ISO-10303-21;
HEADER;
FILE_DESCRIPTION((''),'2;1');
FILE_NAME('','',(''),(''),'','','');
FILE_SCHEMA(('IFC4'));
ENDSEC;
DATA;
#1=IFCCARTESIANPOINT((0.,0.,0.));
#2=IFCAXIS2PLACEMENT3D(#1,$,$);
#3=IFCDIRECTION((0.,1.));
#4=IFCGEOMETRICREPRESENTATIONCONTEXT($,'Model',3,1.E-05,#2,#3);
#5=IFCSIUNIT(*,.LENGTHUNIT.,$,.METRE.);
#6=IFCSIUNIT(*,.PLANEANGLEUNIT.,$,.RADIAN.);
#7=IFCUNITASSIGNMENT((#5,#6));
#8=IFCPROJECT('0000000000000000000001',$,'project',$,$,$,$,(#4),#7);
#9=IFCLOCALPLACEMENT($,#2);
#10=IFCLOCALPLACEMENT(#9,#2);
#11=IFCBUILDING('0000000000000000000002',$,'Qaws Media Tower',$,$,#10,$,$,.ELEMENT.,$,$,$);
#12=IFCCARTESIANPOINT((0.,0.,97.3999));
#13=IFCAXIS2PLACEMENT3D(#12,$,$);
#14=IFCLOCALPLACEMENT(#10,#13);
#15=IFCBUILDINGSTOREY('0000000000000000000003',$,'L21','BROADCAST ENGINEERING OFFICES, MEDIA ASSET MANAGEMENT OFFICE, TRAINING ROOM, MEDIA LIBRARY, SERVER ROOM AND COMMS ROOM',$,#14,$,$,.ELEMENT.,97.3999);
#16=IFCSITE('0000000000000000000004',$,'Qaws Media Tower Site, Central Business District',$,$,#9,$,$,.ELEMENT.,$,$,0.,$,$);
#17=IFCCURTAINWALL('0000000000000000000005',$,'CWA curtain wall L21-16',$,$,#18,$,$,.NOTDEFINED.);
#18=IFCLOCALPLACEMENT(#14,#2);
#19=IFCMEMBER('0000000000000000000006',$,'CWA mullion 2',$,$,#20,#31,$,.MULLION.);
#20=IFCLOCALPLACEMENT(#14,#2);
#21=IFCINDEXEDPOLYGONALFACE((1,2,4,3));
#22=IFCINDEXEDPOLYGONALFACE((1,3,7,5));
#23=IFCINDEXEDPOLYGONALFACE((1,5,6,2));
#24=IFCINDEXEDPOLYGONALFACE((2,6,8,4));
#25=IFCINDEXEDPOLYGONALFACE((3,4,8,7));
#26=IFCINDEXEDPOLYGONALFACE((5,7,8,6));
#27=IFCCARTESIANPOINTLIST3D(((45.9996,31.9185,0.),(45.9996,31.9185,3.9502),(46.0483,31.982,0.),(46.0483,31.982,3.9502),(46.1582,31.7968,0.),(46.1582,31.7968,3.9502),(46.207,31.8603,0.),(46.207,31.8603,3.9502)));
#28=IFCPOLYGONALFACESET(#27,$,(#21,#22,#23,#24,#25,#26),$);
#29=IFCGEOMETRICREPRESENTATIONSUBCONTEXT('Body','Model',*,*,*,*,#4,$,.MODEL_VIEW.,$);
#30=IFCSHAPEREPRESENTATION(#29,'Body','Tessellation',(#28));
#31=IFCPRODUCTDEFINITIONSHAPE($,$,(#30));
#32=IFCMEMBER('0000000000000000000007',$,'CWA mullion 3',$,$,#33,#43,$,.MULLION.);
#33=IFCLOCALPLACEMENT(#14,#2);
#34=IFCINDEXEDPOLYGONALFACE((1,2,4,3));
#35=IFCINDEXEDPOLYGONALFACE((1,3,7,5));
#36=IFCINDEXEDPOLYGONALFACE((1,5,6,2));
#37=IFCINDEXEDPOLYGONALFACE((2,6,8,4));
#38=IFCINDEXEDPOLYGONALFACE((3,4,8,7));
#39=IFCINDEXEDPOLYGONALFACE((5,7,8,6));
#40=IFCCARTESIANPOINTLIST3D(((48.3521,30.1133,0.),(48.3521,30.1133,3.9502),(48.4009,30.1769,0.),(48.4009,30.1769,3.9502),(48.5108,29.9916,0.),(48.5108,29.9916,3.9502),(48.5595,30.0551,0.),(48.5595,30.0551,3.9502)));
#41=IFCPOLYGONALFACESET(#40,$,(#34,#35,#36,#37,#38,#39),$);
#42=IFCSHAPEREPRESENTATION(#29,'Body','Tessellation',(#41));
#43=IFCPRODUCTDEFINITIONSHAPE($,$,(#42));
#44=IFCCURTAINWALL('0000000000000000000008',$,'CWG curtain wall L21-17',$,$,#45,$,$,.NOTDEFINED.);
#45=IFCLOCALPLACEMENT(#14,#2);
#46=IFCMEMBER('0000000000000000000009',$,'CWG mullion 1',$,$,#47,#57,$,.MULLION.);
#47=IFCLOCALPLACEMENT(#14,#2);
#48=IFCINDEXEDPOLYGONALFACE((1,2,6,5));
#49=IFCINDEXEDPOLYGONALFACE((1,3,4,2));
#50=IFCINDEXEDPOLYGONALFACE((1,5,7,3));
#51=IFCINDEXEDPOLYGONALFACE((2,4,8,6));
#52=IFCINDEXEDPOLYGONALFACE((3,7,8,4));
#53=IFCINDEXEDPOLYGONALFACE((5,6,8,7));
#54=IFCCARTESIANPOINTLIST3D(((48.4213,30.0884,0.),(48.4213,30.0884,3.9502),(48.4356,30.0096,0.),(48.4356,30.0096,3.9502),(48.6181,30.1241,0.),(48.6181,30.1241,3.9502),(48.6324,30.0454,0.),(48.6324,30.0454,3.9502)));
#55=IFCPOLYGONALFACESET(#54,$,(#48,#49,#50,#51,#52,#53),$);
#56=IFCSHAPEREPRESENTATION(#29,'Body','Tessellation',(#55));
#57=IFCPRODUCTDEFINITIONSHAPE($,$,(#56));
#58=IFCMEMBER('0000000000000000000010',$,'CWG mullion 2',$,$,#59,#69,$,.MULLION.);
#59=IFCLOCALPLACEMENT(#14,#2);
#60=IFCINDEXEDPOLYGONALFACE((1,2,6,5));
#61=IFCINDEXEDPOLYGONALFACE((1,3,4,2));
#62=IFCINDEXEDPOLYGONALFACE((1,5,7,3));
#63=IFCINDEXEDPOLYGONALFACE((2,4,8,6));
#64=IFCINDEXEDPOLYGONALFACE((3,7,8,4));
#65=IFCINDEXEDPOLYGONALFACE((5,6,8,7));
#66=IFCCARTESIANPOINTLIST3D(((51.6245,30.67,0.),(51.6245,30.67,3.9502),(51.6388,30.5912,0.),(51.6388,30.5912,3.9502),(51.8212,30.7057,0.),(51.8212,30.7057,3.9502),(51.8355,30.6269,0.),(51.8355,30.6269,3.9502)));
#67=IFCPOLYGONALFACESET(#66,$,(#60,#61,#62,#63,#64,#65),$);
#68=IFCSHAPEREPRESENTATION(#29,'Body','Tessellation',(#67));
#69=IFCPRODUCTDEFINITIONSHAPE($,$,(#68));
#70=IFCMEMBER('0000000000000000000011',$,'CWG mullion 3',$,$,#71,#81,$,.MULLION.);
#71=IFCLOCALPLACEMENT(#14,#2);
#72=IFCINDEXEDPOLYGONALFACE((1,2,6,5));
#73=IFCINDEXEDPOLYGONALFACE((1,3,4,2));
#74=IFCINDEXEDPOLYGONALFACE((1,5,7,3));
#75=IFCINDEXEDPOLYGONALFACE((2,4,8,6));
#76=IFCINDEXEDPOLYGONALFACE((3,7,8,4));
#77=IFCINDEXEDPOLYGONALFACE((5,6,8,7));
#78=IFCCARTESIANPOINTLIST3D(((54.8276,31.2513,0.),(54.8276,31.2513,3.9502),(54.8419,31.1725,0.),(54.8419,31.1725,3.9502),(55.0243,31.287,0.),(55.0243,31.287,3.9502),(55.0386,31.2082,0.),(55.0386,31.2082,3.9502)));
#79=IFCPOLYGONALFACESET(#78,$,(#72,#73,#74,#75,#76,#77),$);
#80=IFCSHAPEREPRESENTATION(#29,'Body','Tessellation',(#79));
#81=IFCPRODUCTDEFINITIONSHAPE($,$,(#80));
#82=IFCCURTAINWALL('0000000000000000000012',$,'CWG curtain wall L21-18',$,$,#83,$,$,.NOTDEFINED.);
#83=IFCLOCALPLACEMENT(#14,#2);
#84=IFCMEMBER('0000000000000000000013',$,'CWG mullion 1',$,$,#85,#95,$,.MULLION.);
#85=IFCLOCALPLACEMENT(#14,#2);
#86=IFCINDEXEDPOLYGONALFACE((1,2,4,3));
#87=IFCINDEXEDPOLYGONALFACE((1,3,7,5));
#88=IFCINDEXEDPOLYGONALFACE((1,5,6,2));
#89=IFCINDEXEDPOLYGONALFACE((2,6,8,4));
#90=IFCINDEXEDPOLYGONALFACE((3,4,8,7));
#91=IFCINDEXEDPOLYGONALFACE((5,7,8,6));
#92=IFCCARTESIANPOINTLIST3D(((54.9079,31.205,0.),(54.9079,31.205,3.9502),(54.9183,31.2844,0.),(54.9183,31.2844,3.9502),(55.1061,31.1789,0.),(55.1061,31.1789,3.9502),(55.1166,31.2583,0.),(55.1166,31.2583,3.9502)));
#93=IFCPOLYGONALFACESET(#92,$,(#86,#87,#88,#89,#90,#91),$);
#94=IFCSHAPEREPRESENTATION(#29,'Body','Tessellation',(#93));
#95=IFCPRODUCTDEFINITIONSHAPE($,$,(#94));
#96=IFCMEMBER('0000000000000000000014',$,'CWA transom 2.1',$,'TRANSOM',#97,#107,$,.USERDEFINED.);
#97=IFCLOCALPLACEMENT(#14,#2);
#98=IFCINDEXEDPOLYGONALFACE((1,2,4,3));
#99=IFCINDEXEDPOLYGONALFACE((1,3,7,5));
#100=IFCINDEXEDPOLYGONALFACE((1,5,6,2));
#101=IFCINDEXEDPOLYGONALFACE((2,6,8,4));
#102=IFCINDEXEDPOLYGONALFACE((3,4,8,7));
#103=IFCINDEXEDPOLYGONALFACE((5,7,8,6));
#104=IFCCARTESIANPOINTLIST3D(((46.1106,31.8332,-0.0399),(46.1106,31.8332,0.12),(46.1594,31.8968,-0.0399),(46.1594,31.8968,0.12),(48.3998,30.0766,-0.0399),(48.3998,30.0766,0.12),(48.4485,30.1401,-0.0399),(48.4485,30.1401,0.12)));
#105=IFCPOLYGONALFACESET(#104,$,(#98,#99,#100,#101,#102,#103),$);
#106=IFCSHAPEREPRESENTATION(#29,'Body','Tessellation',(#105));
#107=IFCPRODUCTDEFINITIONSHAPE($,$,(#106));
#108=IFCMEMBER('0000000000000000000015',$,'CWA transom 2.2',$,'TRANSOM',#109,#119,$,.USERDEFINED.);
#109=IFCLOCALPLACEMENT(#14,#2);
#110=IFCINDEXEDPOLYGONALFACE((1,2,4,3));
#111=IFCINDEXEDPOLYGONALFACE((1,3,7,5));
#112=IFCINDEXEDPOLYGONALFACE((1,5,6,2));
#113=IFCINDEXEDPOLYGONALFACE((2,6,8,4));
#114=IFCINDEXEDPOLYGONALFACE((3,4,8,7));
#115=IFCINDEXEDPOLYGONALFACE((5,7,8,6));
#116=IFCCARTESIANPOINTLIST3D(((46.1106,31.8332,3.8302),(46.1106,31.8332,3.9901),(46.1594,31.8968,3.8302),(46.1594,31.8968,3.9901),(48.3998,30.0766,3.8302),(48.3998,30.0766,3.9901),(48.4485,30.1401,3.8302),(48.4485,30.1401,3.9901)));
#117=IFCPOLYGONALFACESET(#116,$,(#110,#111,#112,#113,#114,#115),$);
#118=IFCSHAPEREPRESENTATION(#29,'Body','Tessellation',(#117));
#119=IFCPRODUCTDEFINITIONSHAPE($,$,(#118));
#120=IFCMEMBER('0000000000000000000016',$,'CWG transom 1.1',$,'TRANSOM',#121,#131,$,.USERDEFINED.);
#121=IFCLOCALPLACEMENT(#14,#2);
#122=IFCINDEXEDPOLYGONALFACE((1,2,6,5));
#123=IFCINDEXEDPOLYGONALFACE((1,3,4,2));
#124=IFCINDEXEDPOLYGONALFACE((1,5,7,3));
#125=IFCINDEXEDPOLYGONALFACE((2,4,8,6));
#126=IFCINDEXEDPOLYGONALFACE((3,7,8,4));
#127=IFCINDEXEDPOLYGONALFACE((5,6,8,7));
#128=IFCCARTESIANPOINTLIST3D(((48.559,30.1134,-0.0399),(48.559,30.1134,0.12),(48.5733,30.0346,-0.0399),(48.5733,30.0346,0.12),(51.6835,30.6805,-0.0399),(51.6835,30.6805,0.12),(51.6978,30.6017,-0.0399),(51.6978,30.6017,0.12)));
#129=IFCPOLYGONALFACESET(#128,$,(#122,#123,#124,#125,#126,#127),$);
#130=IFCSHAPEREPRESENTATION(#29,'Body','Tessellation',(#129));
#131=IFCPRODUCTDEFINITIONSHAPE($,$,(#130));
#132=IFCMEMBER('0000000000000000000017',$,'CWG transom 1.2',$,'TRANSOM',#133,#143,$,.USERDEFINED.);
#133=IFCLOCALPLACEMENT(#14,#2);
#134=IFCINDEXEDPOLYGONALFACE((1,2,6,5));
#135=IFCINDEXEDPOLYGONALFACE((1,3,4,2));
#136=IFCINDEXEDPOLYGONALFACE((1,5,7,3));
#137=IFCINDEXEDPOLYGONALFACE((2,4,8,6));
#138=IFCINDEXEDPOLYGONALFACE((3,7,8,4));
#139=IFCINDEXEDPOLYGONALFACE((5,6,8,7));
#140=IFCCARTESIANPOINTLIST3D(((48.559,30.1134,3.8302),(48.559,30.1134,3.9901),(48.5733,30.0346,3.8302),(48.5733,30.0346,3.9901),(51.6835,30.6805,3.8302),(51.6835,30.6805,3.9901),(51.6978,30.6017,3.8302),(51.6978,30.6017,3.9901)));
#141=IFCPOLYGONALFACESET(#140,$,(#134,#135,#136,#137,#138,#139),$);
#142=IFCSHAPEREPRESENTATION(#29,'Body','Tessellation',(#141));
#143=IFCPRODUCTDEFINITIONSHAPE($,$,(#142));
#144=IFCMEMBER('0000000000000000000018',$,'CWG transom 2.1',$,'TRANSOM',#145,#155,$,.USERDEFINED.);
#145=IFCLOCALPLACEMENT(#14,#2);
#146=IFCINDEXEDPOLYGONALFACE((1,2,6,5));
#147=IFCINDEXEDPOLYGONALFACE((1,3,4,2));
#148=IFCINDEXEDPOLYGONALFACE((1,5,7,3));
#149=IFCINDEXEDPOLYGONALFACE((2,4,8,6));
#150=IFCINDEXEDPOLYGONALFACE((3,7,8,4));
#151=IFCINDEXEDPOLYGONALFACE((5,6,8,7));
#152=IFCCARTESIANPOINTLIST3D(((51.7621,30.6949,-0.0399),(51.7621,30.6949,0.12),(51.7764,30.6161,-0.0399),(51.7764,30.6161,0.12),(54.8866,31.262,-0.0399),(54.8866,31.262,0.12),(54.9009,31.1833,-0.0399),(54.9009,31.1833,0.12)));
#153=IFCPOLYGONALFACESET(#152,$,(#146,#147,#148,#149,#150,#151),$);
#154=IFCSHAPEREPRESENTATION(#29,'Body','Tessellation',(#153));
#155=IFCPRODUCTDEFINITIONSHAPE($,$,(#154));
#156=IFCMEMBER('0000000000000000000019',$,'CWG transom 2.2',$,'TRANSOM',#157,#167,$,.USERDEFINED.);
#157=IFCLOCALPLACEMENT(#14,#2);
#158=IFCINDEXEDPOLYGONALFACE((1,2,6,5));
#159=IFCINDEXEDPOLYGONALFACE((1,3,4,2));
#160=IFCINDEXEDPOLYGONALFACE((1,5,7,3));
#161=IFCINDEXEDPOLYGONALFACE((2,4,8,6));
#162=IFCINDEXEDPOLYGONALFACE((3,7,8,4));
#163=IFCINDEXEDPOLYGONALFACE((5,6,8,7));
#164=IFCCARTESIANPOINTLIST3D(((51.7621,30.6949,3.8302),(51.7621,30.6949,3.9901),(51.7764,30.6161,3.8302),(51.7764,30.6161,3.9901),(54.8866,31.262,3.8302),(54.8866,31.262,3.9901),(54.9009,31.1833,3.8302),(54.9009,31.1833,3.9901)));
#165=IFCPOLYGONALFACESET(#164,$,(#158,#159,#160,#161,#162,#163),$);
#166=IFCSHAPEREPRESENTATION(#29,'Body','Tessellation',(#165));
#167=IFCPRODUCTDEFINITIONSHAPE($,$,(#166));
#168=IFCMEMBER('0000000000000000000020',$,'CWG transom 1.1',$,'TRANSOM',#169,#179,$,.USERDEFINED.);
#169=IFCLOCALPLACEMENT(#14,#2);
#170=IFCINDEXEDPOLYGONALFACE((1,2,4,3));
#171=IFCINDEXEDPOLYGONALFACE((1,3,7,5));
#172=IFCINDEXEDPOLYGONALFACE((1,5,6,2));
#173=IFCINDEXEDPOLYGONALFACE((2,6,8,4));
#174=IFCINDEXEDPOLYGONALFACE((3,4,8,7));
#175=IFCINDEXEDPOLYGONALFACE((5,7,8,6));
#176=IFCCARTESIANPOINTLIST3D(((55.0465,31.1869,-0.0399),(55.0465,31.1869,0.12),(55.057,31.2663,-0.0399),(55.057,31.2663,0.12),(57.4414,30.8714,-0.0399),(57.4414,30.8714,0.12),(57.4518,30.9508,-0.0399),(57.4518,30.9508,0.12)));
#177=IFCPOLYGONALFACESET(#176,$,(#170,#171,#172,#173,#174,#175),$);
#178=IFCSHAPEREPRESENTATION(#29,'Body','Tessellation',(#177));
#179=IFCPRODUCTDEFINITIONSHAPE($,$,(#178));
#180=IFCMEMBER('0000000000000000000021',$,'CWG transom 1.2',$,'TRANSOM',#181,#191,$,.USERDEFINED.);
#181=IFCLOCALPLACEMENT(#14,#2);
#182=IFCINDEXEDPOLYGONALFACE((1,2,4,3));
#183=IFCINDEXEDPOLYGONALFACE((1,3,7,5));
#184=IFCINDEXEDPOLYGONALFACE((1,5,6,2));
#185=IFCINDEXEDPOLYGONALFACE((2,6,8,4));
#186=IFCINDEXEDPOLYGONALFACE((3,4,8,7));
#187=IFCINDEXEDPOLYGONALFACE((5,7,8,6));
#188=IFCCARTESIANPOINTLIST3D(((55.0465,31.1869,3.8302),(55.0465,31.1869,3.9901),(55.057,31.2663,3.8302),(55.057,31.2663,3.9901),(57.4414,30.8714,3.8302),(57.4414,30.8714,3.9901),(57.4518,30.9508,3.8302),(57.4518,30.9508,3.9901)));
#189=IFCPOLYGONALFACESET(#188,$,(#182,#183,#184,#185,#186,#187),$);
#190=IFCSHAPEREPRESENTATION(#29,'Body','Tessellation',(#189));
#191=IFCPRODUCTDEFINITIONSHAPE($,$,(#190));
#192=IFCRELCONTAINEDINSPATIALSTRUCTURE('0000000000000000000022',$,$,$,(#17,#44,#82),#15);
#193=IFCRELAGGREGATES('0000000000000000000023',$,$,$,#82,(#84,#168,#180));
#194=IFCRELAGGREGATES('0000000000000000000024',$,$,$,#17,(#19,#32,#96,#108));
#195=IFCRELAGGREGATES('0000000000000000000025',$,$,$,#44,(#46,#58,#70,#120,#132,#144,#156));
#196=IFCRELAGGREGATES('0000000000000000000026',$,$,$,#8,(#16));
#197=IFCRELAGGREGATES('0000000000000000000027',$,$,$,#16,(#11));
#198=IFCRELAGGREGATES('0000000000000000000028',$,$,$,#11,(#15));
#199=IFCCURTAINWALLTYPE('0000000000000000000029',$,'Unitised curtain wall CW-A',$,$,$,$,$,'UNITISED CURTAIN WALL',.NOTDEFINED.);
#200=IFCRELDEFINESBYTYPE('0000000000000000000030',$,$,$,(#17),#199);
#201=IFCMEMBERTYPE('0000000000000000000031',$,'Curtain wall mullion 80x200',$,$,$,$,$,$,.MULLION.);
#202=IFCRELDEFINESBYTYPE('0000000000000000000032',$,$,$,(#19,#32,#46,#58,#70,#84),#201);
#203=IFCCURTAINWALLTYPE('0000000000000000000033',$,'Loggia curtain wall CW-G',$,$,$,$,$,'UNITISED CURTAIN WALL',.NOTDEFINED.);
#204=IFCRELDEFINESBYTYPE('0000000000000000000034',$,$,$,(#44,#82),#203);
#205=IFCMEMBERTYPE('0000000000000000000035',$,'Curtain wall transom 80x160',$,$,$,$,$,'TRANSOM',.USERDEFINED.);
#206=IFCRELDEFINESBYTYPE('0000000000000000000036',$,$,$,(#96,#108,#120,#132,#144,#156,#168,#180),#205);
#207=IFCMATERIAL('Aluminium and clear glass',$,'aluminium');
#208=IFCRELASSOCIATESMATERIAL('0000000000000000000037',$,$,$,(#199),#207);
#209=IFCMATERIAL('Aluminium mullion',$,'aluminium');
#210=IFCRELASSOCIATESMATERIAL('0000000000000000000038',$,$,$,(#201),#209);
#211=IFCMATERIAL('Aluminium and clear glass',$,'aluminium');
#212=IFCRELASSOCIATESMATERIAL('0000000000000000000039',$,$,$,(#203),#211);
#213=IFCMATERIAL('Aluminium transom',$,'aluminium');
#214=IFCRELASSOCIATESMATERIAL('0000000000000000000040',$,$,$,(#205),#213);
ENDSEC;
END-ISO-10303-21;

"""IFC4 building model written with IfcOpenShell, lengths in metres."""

from ifc_helpers import new_model, si_unit, direction, frame, origin, origin_2d, place, context, subcontext, project, spatial, rectangle, extrude, material, material_profile, profile_set, type_object, element, aggregate, save


model = new_model("IFC4")

# Units and contexts
model_context = context("Model", 3, precision=1e-05, world=origin(), true_north=direction((0.0, 1.0)))
body_context = subcontext(model_context, "Body", "Model", "MODEL_VIEW")
ifc_project = project(units=[si_unit("LENGTHUNIT", "METRE"), si_unit("PLANEANGLEUNIT", "RADIAN")], contexts=[model_context])

# Site, building, storey
site_placement = place(None, origin())
site = spatial("IfcSite", under=ifc_project, at=site_placement, Name="Qaws Media Tower Site, Central Business District", CompositionType="ELEMENT", RefElevation=0.0)
building_placement = place(site_placement, origin())
building = spatial("IfcBuilding", under=site, at=building_placement, Name="Qaws Media Tower", CompositionType="ELEMENT")
storey_placement = place(building_placement, frame((0.0, 0.0, 97.3999)))
storey = spatial("IfcBuildingStorey", under=building, at=storey_placement, Name="L21", Description="BROADCAST ENGINEERING OFFICES, MEDIA ASSET MANAGEMENT OFFICE, TRAINING ROOM, MEDIA LIBRARY, SERVER ROOM AND COMMS ROOM", CompositionType="ELEMENT", Elevation=97.3999)

# Curtain walls, members
ifc_material_1 = material(Name="Aluminium and clear glass", Category="aluminium")
curtain_wall_type_1 = type_object("IfcCurtainWallType", Name="Unitised curtain wall CW-A", ElementType="UNITISED CURTAIN WALL", PredefinedType="NOTDEFINED", material=ifc_material_1)
curtain_wall_1_placement = place(storey_placement, origin())
curtain_wall_1 = element("IfcCurtainWall", 1, at=curtain_wall_1_placement, inside=storey, type_object=curtain_wall_type_1, Name="CWA curtain wall L21-16", PredefinedType="NOTDEFINED")
ifc_material_2 = material(Name="Aluminium mullion", Category="aluminium")
ifc_material_profile_1 = material_profile(ifc_material_2, rectangle(XDim=0.0801, YDim=0.2, at=origin_2d()), Name="80x200")
ifc_profile_set_1 = profile_set([ifc_material_profile_1], Name="Aluminium mullion")
member_type_1 = type_object("IfcMemberType", Name="Curtain wall mullion 80x200", PredefinedType="MULLION", material=ifc_profile_set_1)
member_1_placement = place(storey_placement, frame((46.1033, 31.8894, 0.0), z_axis=(0.0, 0.0, 1.0), x_axis=(0.608761, 0.793353, 0.0)))
member_1 = element("IfcMember", 2, at=member_1_placement, type_object=member_type_1, Name="CWA mullion 2", PredefinedType="MULLION", context=body_context, shape_type="SweptSolid", body=[
    extrude(rectangle(XDim=0.0801, YDim=0.2, at=origin_2d()), origin(), (0.0, 0.0, 1.0), 3.9502),
])
member_2_placement = place(storey_placement, frame((48.4558, 30.0842, 0.0), z_axis=(0.0, 0.0, 1.0), x_axis=(0.608761, 0.793353, 0.0)))
member_2 = element("IfcMember", 3, at=member_2_placement, type_object=member_type_1, Name="CWA mullion 3", PredefinedType="MULLION", context=body_context, shape_type="SweptSolid", body=[
    extrude(rectangle(XDim=0.0801, YDim=0.2, at=origin_2d()), origin(), (0.0, 0.0, 1.0), 3.9502),
])
ifc_material_3 = material(Name="Aluminium and clear glass", Category="aluminium")
curtain_wall_type_2 = type_object("IfcCurtainWallType", Name="Loggia curtain wall CW-G", ElementType="UNITISED CURTAIN WALL", PredefinedType="NOTDEFINED", material=ifc_material_3)
curtain_wall_2_placement = place(storey_placement, origin())
curtain_wall_2 = element("IfcCurtainWall", 4, at=curtain_wall_2_placement, inside=storey, type_object=curtain_wall_type_2, Name="CWG curtain wall L21-17", PredefinedType="NOTDEFINED")
member_3_placement = place(storey_placement, frame((48.5269, 30.0669, 0.0), z_axis=(0.0, 0.0, 1.0), x_axis=(-0.178598, 0.983922, 0.0)))
member_3 = element("IfcMember", 5, at=member_3_placement, type_object=member_type_1, Name="CWG mullion 1", PredefinedType="MULLION", context=body_context, shape_type="SweptSolid", body=[
    extrude(rectangle(XDim=0.0801, YDim=0.2, at=origin_2d()), origin(), (0.0, 0.0, 1.0), 3.9502),
])
member_4_placement = place(storey_placement, frame((51.73, 30.6484, 0.0), z_axis=(0.0, 0.0, 1.0), x_axis=(-0.178598, 0.983922, 0.0)))
member_4 = element("IfcMember", 6, at=member_4_placement, type_object=member_type_1, Name="CWG mullion 2", PredefinedType="MULLION", context=body_context, shape_type="SweptSolid", body=[
    extrude(rectangle(XDim=0.0801, YDim=0.2, at=origin_2d()), origin(), (0.0, 0.0, 1.0), 3.9502),
])
member_5_placement = place(storey_placement, frame((54.9331, 31.2297, 0.0), z_axis=(0.0, 0.0, 1.0), x_axis=(-0.178598, 0.983922, 0.0)))
member_5 = element("IfcMember", 7, at=member_5_placement, type_object=member_type_1, Name="CWG mullion 3", PredefinedType="MULLION", context=body_context, shape_type="SweptSolid", body=[
    extrude(rectangle(XDim=0.0801, YDim=0.2, at=origin_2d()), origin(), (0.0, 0.0, 1.0), 3.9502),
])

# Curtain wall, member
curtain_wall_3_placement = place(storey_placement, origin())
curtain_wall_3 = element("IfcCurtainWall", 8, at=curtain_wall_3_placement, inside=storey, type_object=curtain_wall_type_2, Name="CWG curtain wall L21-18", PredefinedType="NOTDEFINED")
member_6_placement = place(storey_placement, frame((55.0122, 31.2317, 0.0), z_axis=(0.0, 0.0, 1.0), x_axis=(0.130526, 0.991445, 0.0)))
member_6 = element("IfcMember", 9, at=member_6_placement, type_object=member_type_1, Name="CWG mullion 1", PredefinedType="MULLION", context=body_context, shape_type="SweptSolid", body=[
    extrude(rectangle(XDim=0.0801, YDim=0.2, at=origin_2d()), origin(), (0.0, 0.0, 1.0), 3.9502),
])

# Members
ifc_material_4 = material(Name="Aluminium transom", Category="aluminium")
ifc_material_profile_2 = material_profile(ifc_material_4, rectangle(XDim=0.0801, YDim=0.1599, at=origin_2d()), Name="80x160")
ifc_profile_set_2 = profile_set([ifc_material_profile_2], Name="Aluminium transom")
member_type_2 = type_object("IfcMemberType", Name="Curtain wall transom 80x160", ElementType="TRANSOM", PredefinedType="USERDEFINED", material=ifc_profile_set_2)
member_7_placement = place(storey_placement, frame((46.135, 31.865, 0.04), z_axis=(0.793331, -0.60879, 0.0), x_axis=(0.60879, 0.793331, 0.0)))
member_7 = element("IfcMember", 10, at=member_7_placement, type_object=member_type_2, Name="CWA transom 2.1", ObjectType="TRANSOM", PredefinedType="USERDEFINED", context=body_context, shape_type="SweptSolid", body=[
    extrude(rectangle(XDim=0.0801, YDim=0.1599, at=origin_2d()), origin(), (0.0, 0.0, 1.0), 2.8855),
])
member_8_placement = place(storey_placement, frame((46.135, 31.865, 3.9102), z_axis=(0.793331, -0.60879, 0.0), x_axis=(0.60879, 0.793331, 0.0)))
member_8 = element("IfcMember", 11, at=member_8_placement, type_object=member_type_2, Name="CWA transom 2.2", ObjectType="TRANSOM", PredefinedType="USERDEFINED", context=body_context, shape_type="SweptSolid", body=[
    extrude(rectangle(XDim=0.0801, YDim=0.1599, at=origin_2d()), origin(), (0.0, 0.0, 1.0), 2.8855),
])
member_9_placement = place(storey_placement, frame((48.5662, 30.074, 0.04), z_axis=(0.983923, 0.178595, 0.0), x_axis=(-0.178595, 0.983923, 0.0)))
member_9 = element("IfcMember", 12, at=member_9_placement, type_object=member_type_2, Name="CWG transom 1.1", ObjectType="TRANSOM", PredefinedType="USERDEFINED", context=body_context, shape_type="SweptSolid", body=[
    extrude(rectangle(XDim=0.0801, YDim=0.1599, at=origin_2d()), origin(), (0.0, 0.0, 1.0), 3.1755),
])
member_10_placement = place(storey_placement, frame((48.5662, 30.074, 3.9102), z_axis=(0.983923, 0.178595, 0.0), x_axis=(-0.178595, 0.983923, 0.0)))
member_10 = element("IfcMember", 13, at=member_10_placement, type_object=member_type_2, Name="CWG transom 1.2", ObjectType="TRANSOM", PredefinedType="USERDEFINED", context=body_context, shape_type="SweptSolid", body=[
    extrude(rectangle(XDim=0.0801, YDim=0.1599, at=origin_2d()), origin(), (0.0, 0.0, 1.0), 3.1755),
])
member_11_placement = place(storey_placement, frame((51.7693, 30.6555, 0.04), z_axis=(0.983923, 0.178595, 0.0), x_axis=(-0.178595, 0.983923, 0.0)))
member_11 = element("IfcMember", 14, at=member_11_placement, type_object=member_type_2, Name="CWG transom 2.1", ObjectType="TRANSOM", PredefinedType="USERDEFINED", context=body_context, shape_type="SweptSolid", body=[
    extrude(rectangle(XDim=0.0801, YDim=0.1599, at=origin_2d()), origin(), (0.0, 0.0, 1.0), 3.1755),
])
member_12_placement = place(storey_placement, frame((51.7693, 30.6555, 3.9102), z_axis=(0.983923, 0.178595, 0.0), x_axis=(-0.178595, 0.983923, 0.0)))
member_12 = element("IfcMember", 15, at=member_12_placement, type_object=member_type_2, Name="CWG transom 2.2", ObjectType="TRANSOM", PredefinedType="USERDEFINED", context=body_context, shape_type="SweptSolid", body=[
    extrude(rectangle(XDim=0.0801, YDim=0.1599, at=origin_2d()), origin(), (0.0, 0.0, 1.0), 3.1755),
])
member_13_placement = place(storey_placement, frame((55.0518, 31.2266, 0.04), z_axis=(0.991437, -0.130588, 0.0), x_axis=(0.130588, 0.991437, 0.0)))
member_13 = element("IfcMember", 16, at=member_13_placement, type_object=member_type_2, Name="CWG transom 1.1", ObjectType="TRANSOM", PredefinedType="USERDEFINED", context=body_context, shape_type="SweptSolid", body=[
    extrude(rectangle(XDim=0.0801, YDim=0.1599, at=origin_2d()), origin(), (0.0, 0.0, 1.0), 2.4155),
])
member_14_placement = place(storey_placement, frame((55.0518, 31.2266, 3.9102), z_axis=(0.991437, -0.130588, 0.0), x_axis=(0.130588, 0.991437, 0.0)))
member_14 = element("IfcMember", 17, at=member_14_placement, type_object=member_type_2, Name="CWG transom 1.2", ObjectType="TRANSOM", PredefinedType="USERDEFINED", context=body_context, shape_type="SweptSolid", body=[
    extrude(rectangle(XDim=0.0801, YDim=0.1599, at=origin_2d()), origin(), (0.0, 0.0, 1.0), 2.4155),
])
aggregate(curtain_wall_3, [member_6, member_13, member_14])

aggregate(curtain_wall_1, [member_1, member_2, member_7, member_8])
aggregate(curtain_wall_2, [member_3, member_4, member_5, member_9, member_10, member_11, member_12])

save(model, "model.ifc")
